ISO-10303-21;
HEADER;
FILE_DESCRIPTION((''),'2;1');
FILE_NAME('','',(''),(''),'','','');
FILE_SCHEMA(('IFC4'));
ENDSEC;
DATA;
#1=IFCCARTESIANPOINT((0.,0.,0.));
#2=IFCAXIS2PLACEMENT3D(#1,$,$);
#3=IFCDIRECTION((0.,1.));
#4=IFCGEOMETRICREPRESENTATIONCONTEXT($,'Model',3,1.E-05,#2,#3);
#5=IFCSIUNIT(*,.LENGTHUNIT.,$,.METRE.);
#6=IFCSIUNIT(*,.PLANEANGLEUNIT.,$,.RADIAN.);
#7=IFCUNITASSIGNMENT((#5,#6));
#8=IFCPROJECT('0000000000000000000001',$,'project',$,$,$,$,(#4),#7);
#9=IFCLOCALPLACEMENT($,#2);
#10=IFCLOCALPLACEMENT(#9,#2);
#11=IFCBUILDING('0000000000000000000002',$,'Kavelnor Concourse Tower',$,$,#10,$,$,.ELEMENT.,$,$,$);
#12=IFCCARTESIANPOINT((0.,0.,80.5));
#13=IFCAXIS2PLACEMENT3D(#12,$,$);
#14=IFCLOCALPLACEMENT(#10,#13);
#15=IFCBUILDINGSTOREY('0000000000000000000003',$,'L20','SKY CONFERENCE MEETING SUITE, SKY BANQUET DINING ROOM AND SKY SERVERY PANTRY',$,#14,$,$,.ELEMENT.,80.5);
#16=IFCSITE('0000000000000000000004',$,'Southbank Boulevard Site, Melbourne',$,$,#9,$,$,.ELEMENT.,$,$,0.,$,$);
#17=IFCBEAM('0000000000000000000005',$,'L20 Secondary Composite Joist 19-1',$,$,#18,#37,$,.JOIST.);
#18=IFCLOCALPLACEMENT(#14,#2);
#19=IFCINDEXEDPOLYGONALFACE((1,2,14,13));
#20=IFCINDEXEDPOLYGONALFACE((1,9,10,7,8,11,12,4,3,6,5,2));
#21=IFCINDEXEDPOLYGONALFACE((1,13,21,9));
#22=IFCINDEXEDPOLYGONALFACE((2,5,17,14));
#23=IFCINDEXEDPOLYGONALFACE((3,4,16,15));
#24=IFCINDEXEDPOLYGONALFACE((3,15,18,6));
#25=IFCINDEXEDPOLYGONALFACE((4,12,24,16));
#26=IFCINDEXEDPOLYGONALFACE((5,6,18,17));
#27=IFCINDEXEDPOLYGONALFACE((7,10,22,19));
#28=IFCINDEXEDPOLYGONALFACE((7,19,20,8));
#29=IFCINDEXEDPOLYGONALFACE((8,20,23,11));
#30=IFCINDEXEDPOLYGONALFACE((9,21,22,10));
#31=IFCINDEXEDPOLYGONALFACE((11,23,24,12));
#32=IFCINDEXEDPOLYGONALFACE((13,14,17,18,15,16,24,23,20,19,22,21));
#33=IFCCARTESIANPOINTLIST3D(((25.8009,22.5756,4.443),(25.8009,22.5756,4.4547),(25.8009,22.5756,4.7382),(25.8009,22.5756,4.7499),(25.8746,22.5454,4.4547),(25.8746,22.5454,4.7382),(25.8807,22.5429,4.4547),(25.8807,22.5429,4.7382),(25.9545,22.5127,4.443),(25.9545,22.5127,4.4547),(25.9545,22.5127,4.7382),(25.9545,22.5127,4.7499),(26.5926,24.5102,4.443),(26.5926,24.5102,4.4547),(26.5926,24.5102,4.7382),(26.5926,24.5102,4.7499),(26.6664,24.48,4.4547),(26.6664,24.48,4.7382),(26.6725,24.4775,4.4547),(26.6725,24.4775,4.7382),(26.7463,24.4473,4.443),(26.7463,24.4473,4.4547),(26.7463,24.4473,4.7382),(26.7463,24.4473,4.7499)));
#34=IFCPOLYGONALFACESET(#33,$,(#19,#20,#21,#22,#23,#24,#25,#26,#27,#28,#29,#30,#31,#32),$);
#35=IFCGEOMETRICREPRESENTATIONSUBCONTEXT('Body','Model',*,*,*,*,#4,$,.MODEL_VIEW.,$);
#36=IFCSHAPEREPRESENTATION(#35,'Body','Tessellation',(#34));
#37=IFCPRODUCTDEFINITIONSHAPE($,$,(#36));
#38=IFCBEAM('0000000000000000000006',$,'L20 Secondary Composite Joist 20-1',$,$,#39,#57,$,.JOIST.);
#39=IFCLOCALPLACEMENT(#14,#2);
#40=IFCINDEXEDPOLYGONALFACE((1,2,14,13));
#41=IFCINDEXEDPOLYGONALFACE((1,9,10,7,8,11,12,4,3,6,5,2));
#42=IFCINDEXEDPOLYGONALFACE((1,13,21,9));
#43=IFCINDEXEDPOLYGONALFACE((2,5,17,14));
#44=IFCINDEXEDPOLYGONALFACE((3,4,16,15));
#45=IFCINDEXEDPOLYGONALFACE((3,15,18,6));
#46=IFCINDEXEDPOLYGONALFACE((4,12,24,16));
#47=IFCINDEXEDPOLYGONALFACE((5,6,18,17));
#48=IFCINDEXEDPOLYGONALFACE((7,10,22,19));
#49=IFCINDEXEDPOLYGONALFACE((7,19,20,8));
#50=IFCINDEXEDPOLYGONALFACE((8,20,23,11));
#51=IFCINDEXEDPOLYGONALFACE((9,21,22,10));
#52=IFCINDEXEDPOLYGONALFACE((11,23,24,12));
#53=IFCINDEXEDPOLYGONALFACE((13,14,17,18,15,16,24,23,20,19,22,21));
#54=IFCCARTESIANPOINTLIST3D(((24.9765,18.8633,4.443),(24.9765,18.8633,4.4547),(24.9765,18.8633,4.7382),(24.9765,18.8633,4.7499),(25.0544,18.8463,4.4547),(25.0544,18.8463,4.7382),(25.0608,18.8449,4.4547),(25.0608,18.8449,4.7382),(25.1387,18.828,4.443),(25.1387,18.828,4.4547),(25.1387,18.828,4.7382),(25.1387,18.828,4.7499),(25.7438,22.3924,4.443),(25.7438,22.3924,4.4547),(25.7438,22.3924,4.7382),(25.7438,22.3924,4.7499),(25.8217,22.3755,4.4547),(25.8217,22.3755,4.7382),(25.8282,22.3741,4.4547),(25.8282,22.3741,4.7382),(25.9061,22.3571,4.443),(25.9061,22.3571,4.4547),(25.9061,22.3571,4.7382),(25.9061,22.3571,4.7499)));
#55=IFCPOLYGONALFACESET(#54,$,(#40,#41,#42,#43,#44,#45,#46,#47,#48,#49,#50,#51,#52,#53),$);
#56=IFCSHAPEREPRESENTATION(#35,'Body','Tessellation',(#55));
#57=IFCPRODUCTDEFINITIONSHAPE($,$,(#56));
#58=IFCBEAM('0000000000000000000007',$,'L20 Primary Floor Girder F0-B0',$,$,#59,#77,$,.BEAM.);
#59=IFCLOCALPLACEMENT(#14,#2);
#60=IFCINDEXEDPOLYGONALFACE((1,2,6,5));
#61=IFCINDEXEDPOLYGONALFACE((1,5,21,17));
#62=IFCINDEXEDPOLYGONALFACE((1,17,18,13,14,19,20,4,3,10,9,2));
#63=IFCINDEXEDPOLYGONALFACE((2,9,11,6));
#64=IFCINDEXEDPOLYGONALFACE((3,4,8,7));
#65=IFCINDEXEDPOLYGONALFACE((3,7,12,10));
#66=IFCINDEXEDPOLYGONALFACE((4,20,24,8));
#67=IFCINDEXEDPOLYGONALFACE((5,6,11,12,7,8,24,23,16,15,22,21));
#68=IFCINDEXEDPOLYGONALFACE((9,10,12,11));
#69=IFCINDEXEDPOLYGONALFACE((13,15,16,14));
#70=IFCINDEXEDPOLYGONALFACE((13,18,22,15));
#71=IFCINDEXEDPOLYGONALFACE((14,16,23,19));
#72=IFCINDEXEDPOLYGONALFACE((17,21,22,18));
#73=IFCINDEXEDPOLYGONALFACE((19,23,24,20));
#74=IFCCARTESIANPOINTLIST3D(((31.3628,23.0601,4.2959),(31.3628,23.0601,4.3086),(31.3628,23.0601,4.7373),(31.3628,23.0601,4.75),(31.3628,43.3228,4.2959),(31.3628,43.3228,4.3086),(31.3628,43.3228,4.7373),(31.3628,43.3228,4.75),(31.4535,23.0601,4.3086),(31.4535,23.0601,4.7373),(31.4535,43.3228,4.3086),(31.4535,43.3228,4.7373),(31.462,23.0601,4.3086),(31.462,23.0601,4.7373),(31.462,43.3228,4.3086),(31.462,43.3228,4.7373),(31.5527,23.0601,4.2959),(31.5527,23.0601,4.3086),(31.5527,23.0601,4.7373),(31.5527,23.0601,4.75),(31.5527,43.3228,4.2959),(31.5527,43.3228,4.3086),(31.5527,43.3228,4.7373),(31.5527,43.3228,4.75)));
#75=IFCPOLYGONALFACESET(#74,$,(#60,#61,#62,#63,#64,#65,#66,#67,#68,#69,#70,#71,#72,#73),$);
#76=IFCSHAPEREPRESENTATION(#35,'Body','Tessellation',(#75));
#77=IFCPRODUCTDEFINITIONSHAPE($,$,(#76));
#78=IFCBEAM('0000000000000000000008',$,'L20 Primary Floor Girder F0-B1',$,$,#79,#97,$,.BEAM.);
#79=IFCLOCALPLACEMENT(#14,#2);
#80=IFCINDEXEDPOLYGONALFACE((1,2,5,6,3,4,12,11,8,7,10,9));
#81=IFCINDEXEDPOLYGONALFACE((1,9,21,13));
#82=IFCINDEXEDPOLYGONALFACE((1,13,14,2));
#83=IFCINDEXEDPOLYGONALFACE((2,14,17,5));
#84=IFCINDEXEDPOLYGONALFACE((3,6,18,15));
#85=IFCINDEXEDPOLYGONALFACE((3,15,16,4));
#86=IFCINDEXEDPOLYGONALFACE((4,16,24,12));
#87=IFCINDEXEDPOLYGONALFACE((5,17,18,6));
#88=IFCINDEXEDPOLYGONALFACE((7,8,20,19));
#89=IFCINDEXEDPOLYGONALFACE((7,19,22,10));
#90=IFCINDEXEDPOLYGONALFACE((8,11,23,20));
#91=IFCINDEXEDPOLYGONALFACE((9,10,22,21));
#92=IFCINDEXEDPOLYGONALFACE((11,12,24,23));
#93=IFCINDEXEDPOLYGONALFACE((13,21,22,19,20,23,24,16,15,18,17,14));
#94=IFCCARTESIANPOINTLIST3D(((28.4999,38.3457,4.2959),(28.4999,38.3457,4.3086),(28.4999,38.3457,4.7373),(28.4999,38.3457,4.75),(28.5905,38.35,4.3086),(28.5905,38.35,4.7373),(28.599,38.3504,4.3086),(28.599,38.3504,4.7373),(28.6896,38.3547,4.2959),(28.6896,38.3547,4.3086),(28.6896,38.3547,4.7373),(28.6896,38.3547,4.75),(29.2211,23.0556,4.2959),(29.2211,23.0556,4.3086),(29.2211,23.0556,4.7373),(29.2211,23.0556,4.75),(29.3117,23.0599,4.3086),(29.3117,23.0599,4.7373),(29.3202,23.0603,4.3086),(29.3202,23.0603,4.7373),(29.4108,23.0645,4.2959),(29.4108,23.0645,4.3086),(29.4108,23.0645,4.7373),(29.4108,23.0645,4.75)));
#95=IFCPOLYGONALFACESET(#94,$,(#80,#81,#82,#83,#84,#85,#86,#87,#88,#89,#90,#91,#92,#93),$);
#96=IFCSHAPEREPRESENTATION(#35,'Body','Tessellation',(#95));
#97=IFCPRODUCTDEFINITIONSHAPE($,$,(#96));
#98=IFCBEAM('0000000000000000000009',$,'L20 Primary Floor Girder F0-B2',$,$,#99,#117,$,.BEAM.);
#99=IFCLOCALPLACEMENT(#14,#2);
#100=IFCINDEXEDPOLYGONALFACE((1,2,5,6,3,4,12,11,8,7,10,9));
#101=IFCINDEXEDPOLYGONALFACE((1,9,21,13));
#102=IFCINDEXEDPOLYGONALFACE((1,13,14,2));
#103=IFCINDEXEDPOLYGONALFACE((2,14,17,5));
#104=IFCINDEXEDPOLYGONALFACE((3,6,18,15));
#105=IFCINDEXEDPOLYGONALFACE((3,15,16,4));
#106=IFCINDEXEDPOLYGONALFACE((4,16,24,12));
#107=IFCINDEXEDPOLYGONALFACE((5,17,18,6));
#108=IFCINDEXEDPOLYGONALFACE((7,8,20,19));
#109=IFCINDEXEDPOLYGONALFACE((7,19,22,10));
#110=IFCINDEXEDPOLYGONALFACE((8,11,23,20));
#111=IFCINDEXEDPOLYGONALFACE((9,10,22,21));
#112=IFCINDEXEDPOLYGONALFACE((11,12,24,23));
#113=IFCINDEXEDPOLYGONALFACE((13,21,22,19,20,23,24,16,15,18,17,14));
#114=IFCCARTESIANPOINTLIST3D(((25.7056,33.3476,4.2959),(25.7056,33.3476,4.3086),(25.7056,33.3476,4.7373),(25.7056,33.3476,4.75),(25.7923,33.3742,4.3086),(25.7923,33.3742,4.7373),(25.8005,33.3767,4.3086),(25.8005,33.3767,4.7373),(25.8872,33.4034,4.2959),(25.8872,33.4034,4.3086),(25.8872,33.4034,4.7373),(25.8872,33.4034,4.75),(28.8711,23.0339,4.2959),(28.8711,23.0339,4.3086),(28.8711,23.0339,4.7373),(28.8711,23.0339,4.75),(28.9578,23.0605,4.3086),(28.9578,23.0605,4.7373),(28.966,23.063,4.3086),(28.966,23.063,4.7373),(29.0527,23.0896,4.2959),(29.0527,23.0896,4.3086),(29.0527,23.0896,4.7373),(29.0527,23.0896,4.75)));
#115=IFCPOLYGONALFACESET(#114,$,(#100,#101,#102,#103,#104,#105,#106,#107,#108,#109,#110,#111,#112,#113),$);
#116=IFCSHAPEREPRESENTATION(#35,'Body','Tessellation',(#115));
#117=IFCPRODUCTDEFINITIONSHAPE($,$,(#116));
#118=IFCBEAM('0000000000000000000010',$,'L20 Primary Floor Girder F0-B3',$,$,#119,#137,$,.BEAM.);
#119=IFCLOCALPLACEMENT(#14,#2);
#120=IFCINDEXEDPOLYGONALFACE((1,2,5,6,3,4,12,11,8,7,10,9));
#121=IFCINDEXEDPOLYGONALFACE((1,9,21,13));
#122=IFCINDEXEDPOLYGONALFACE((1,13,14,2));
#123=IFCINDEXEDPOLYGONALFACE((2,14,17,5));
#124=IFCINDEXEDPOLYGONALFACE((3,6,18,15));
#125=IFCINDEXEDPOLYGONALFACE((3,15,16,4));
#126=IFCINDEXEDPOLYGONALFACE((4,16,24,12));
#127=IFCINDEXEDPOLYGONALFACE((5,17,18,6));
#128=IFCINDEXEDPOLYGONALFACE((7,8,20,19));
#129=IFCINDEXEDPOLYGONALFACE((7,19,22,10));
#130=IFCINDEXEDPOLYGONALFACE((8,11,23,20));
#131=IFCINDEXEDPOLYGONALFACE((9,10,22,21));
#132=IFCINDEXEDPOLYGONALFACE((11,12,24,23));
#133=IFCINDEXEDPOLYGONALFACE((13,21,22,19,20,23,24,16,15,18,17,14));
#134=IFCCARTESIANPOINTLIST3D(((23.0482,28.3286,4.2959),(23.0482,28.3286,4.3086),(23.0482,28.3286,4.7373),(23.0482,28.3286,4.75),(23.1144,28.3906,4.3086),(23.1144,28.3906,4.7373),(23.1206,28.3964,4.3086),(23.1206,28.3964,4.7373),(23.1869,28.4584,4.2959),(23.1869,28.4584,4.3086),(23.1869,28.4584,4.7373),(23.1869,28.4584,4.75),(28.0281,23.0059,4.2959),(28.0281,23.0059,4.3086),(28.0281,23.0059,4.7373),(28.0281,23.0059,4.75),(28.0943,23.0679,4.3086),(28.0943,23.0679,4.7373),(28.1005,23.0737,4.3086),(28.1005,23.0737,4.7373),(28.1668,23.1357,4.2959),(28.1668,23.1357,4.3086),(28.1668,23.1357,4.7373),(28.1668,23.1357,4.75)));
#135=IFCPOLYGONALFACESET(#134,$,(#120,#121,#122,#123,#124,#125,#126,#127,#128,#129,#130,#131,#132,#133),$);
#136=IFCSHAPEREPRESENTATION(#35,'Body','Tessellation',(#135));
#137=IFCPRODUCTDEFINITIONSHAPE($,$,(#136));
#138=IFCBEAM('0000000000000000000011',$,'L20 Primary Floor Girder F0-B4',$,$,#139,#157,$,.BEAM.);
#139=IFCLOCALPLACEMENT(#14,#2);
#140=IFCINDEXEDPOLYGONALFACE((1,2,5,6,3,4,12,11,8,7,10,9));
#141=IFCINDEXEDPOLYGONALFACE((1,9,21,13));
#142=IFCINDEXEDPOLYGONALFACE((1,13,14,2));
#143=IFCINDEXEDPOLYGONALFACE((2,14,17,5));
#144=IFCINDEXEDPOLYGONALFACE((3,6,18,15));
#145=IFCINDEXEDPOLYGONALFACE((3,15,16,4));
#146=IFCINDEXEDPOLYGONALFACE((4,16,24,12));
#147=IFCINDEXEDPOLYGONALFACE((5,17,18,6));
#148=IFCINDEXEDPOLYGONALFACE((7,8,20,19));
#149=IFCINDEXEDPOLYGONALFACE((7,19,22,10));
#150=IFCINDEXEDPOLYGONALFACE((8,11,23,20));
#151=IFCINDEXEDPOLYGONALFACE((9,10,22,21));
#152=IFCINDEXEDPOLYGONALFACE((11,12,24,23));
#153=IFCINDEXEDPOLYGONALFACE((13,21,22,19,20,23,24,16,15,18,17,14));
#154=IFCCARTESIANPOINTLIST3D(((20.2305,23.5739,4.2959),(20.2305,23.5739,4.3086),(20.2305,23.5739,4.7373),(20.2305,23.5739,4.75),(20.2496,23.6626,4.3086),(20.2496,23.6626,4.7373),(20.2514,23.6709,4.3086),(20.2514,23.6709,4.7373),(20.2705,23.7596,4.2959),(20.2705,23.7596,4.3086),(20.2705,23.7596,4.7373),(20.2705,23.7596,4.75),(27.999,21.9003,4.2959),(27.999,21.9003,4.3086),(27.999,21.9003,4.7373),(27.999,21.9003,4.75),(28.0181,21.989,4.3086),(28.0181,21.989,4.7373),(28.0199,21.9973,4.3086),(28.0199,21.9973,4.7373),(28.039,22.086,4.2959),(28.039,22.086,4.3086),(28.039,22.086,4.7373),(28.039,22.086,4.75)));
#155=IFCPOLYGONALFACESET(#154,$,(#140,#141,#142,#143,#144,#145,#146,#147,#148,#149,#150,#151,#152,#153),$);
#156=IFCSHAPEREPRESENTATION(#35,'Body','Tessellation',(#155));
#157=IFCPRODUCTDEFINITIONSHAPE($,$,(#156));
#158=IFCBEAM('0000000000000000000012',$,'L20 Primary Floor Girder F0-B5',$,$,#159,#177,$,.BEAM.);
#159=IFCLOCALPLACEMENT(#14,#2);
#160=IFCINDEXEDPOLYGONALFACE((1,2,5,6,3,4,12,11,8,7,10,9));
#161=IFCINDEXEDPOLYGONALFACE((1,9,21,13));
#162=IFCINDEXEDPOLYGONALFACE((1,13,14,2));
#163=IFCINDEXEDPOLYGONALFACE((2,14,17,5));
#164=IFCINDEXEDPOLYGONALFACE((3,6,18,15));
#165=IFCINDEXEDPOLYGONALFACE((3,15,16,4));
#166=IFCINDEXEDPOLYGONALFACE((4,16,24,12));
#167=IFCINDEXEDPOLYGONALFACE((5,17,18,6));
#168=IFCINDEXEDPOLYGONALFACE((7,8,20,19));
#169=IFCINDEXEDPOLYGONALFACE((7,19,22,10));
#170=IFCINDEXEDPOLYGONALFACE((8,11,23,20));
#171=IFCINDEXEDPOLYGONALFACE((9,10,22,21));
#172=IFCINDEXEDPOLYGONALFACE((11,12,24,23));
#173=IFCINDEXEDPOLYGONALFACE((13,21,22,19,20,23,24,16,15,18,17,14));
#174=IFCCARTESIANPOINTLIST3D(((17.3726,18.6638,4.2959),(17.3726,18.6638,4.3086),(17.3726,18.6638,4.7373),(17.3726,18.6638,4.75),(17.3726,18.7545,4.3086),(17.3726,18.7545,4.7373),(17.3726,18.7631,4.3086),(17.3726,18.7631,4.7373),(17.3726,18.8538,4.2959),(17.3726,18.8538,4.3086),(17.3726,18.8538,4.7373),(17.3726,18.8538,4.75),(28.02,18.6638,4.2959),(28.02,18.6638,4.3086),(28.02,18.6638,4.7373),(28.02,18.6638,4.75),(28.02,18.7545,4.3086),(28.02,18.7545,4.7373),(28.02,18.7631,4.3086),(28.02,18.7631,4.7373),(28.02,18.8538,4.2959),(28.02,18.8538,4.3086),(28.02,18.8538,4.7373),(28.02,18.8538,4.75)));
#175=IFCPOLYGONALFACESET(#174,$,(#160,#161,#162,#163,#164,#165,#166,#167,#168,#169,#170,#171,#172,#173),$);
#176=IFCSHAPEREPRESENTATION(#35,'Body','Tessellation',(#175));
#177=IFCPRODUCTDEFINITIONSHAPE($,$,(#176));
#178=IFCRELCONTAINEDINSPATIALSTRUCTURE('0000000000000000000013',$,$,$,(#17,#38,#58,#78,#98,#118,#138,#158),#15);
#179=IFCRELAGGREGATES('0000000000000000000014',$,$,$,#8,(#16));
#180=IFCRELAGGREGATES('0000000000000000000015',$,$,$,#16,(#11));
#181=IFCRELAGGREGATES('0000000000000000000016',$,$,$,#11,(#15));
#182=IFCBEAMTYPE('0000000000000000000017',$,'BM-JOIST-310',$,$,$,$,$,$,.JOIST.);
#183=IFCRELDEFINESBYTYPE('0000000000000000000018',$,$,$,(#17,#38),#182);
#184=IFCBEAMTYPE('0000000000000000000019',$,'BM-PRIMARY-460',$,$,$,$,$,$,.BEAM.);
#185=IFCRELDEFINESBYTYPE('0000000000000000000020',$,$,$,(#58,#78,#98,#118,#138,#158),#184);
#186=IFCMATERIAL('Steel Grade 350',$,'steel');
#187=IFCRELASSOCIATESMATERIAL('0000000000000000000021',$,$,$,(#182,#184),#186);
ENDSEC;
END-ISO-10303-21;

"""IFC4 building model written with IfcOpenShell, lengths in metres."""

from ifc_helpers import new_model, si_unit, direction, frame, origin, origin_2d, place, context, subcontext, project, spatial, i_section, extrude, material, material_profile, profile_set, type_object, element, save


model = new_model("IFC4")

# Units and contexts
model_context = context("Model", 3, precision=1e-05, world=origin(), true_north=direction((0.0, 1.0)))
body_context = subcontext(model_context, "Body", "Model", "MODEL_VIEW")
ifc_project = project(units=[si_unit("LENGTHUNIT", "METRE"), si_unit("PLANEANGLEUNIT", "RADIAN")], contexts=[model_context])

# Site, building, storey
site_placement = place(None, origin())
site = spatial("IfcSite", under=ifc_project, at=site_placement, Name="Southbank Boulevard Site, Melbourne", CompositionType="ELEMENT", RefElevation=0.0)
building_placement = place(site_placement, origin())
building = spatial("IfcBuilding", under=site, at=building_placement, Name="Kavelnor Concourse Tower", CompositionType="ELEMENT")
storey_placement = place(building_placement, frame((0.0, 0.0, 80.5)))
storey = spatial("IfcBuildingStorey", under=building, at=storey_placement, Name="L20", Description="SKY CONFERENCE MEETING SUITE, SKY BANQUET DINING ROOM AND SKY SERVERY PANTRY", CompositionType="ELEMENT", Elevation=80.5)

# Beams
ifc_material_1 = material(Name="Steel Grade 350", Category="steel")
ifc_material_profile_1 = material_profile(ifc_material_1, i_section(OverallWidth=0.166, OverallDepth=0.3069, WebThickness=0.0066, FlangeThickness=0.0117, at=origin_2d()), Name="310UB46")
ifc_profile_set_1 = profile_set([ifc_material_profile_1], Name="Steel Grade 350")
beam_type_1 = type_object("IfcBeamType", Name="BM-JOIST-310", PredefinedType="JOIST", material=ifc_profile_set_1)
beam_1_placement = place(storey_placement, frame((26.6694, 24.4788, 4.5964), z_axis=(-0.378769, -0.925491, 0.0), x_axis=(0.925491, -0.378769, 0.0)))
element("IfcBeam", 1, at=beam_1_placement, inside=storey, type_object=beam_type_1, Name="L20 Secondary Composite Joist 19-1", PredefinedType="JOIST", context=body_context, shape_type="SweptSolid", body=[
    extrude(i_section(OverallWidth=0.166, OverallDepth=0.3069, WebThickness=0.0066, FlangeThickness=0.0117, at=origin_2d()), origin(), (0.0, 0.0, 1.0), 2.0903),
])
beam_2_placement = place(storey_placement, frame((25.825, 22.3748, 4.5964), z_axis=(-0.212469, -0.977168, 0.0), x_axis=(0.977168, -0.212469, 0.0)))
element("IfcBeam", 2, at=beam_2_placement, inside=storey, type_object=beam_type_1, Name="L20 Secondary Composite Joist 20-1", PredefinedType="JOIST", context=body_context, shape_type="SweptSolid", body=[
    extrude(i_section(OverallWidth=0.166, OverallDepth=0.3069, WebThickness=0.0066, FlangeThickness=0.0117, at=origin_2d()), origin(), (0.0, 0.0, 1.0), 3.6116),
])
ifc_material_profile_2 = material_profile(ifc_material_1, i_section(OverallWidth=0.1899, OverallDepth=0.4541, WebThickness=0.0085, FlangeThickness=0.0127, at=origin_2d()), Name="460UB67")
ifc_profile_set_2 = profile_set([ifc_material_profile_2], Name="Steel Grade 350")
beam_type_2 = type_object("IfcBeamType", Name="BM-PRIMARY-460", PredefinedType="BEAM", material=ifc_profile_set_2)
beam_3_placement = place(storey_placement, frame((31.4578, 23.0601, 4.5229), z_axis=(0.0, 1.0, 0.0), x_axis=(-1.0, 0.0, 0.0)))
element("IfcBeam", 3, at=beam_3_placement, inside=storey, type_object=beam_type_2, Name="L20 Primary Floor Girder F0-B0", PredefinedType="BEAM", context=body_context, shape_type="SweptSolid", body=[
    extrude(i_section(OverallWidth=0.1899, OverallDepth=0.4541, WebThickness=0.0085, FlangeThickness=0.0127, at=origin_2d()), origin(), (0.0, 0.0, 1.0), 20.2627),
])
beam_4_placement = place(storey_placement, frame((29.3159, 23.0601, 4.5229), z_axis=(-0.047115, 0.998889, 0.0), x_axis=(-0.998889, -0.047115, 0.0)))
element("IfcBeam", 4, at=beam_4_placement, inside=storey, type_object=beam_type_2, Name="L20 Primary Floor Girder F0-B1", PredefinedType="BEAM", context=body_context, shape_type="SweptSolid", body=[
    extrude(i_section(OverallWidth=0.1899, OverallDepth=0.4541, WebThickness=0.0085, FlangeThickness=0.0127, at=origin_2d()), origin(), (0.0, 0.0, 1.0), 15.3071),
])
beam_5_placement = place(storey_placement, frame((28.9619, 23.0618, 4.5229), z_axis=(-0.293415, 0.955985, 0.0), x_axis=(-0.955985, -0.293415, 0.0)))
element("IfcBeam", 5, at=beam_5_placement, inside=storey, type_object=beam_type_2, Name="L20 Primary Floor Girder F0-B2", PredefinedType="BEAM", context=body_context, shape_type="SweptSolid", body=[
    extrude(i_section(OverallWidth=0.1899, OverallDepth=0.4541, WebThickness=0.0085, FlangeThickness=0.0127, at=origin_2d()), origin(), (0.0, 0.0, 1.0), 10.7886),
])
beam_6_placement = place(storey_placement, frame((28.0974, 23.0708, 4.5229), z_axis=(-0.683203, 0.730228, 0.0), x_axis=(-0.730228, -0.683203, 0.0)))
element("IfcBeam", 6, at=beam_6_placement, inside=storey, type_object=beam_type_2, Name="L20 Primary Floor Girder F0-B3", PredefinedType="BEAM", context=body_context, shape_type="SweptSolid", body=[
    extrude(i_section(OverallWidth=0.1899, OverallDepth=0.4541, WebThickness=0.0085, FlangeThickness=0.0127, at=origin_2d()), origin(), (0.0, 0.0, 1.0), 7.2891),
])
beam_7_placement = place(storey_placement, frame((28.019, 21.9932, 4.5229), z_axis=(-0.977573, 0.210599, 0.0), x_axis=(-0.210599, -0.977573, 0.0)))
element("IfcBeam", 7, at=beam_7_placement, inside=storey, type_object=beam_type_2, Name="L20 Primary Floor Girder F0-B4", PredefinedType="BEAM", context=body_context, shape_type="SweptSolid", body=[
    extrude(i_section(OverallWidth=0.1899, OverallDepth=0.4541, WebThickness=0.0085, FlangeThickness=0.0127, at=origin_2d()), origin(), (0.0, 0.0, 1.0), 7.9468),
])
beam_8_placement = place(storey_placement, frame((28.02, 18.7588, 4.5229), z_axis=(-1.0, 0.0, 0.0), x_axis=(0.0, -1.0, 0.0)))
element("IfcBeam", 8, at=beam_8_placement, inside=storey, type_object=beam_type_2, Name="L20 Primary Floor Girder F0-B5", PredefinedType="BEAM", context=body_context, shape_type="SweptSolid", body=[
    extrude(i_section(OverallWidth=0.1899, OverallDepth=0.4541, WebThickness=0.0085, FlangeThickness=0.0127, at=origin_2d()), origin(), (0.0, 0.0, 1.0), 10.6475),
])

save(model, "model.ifc")
